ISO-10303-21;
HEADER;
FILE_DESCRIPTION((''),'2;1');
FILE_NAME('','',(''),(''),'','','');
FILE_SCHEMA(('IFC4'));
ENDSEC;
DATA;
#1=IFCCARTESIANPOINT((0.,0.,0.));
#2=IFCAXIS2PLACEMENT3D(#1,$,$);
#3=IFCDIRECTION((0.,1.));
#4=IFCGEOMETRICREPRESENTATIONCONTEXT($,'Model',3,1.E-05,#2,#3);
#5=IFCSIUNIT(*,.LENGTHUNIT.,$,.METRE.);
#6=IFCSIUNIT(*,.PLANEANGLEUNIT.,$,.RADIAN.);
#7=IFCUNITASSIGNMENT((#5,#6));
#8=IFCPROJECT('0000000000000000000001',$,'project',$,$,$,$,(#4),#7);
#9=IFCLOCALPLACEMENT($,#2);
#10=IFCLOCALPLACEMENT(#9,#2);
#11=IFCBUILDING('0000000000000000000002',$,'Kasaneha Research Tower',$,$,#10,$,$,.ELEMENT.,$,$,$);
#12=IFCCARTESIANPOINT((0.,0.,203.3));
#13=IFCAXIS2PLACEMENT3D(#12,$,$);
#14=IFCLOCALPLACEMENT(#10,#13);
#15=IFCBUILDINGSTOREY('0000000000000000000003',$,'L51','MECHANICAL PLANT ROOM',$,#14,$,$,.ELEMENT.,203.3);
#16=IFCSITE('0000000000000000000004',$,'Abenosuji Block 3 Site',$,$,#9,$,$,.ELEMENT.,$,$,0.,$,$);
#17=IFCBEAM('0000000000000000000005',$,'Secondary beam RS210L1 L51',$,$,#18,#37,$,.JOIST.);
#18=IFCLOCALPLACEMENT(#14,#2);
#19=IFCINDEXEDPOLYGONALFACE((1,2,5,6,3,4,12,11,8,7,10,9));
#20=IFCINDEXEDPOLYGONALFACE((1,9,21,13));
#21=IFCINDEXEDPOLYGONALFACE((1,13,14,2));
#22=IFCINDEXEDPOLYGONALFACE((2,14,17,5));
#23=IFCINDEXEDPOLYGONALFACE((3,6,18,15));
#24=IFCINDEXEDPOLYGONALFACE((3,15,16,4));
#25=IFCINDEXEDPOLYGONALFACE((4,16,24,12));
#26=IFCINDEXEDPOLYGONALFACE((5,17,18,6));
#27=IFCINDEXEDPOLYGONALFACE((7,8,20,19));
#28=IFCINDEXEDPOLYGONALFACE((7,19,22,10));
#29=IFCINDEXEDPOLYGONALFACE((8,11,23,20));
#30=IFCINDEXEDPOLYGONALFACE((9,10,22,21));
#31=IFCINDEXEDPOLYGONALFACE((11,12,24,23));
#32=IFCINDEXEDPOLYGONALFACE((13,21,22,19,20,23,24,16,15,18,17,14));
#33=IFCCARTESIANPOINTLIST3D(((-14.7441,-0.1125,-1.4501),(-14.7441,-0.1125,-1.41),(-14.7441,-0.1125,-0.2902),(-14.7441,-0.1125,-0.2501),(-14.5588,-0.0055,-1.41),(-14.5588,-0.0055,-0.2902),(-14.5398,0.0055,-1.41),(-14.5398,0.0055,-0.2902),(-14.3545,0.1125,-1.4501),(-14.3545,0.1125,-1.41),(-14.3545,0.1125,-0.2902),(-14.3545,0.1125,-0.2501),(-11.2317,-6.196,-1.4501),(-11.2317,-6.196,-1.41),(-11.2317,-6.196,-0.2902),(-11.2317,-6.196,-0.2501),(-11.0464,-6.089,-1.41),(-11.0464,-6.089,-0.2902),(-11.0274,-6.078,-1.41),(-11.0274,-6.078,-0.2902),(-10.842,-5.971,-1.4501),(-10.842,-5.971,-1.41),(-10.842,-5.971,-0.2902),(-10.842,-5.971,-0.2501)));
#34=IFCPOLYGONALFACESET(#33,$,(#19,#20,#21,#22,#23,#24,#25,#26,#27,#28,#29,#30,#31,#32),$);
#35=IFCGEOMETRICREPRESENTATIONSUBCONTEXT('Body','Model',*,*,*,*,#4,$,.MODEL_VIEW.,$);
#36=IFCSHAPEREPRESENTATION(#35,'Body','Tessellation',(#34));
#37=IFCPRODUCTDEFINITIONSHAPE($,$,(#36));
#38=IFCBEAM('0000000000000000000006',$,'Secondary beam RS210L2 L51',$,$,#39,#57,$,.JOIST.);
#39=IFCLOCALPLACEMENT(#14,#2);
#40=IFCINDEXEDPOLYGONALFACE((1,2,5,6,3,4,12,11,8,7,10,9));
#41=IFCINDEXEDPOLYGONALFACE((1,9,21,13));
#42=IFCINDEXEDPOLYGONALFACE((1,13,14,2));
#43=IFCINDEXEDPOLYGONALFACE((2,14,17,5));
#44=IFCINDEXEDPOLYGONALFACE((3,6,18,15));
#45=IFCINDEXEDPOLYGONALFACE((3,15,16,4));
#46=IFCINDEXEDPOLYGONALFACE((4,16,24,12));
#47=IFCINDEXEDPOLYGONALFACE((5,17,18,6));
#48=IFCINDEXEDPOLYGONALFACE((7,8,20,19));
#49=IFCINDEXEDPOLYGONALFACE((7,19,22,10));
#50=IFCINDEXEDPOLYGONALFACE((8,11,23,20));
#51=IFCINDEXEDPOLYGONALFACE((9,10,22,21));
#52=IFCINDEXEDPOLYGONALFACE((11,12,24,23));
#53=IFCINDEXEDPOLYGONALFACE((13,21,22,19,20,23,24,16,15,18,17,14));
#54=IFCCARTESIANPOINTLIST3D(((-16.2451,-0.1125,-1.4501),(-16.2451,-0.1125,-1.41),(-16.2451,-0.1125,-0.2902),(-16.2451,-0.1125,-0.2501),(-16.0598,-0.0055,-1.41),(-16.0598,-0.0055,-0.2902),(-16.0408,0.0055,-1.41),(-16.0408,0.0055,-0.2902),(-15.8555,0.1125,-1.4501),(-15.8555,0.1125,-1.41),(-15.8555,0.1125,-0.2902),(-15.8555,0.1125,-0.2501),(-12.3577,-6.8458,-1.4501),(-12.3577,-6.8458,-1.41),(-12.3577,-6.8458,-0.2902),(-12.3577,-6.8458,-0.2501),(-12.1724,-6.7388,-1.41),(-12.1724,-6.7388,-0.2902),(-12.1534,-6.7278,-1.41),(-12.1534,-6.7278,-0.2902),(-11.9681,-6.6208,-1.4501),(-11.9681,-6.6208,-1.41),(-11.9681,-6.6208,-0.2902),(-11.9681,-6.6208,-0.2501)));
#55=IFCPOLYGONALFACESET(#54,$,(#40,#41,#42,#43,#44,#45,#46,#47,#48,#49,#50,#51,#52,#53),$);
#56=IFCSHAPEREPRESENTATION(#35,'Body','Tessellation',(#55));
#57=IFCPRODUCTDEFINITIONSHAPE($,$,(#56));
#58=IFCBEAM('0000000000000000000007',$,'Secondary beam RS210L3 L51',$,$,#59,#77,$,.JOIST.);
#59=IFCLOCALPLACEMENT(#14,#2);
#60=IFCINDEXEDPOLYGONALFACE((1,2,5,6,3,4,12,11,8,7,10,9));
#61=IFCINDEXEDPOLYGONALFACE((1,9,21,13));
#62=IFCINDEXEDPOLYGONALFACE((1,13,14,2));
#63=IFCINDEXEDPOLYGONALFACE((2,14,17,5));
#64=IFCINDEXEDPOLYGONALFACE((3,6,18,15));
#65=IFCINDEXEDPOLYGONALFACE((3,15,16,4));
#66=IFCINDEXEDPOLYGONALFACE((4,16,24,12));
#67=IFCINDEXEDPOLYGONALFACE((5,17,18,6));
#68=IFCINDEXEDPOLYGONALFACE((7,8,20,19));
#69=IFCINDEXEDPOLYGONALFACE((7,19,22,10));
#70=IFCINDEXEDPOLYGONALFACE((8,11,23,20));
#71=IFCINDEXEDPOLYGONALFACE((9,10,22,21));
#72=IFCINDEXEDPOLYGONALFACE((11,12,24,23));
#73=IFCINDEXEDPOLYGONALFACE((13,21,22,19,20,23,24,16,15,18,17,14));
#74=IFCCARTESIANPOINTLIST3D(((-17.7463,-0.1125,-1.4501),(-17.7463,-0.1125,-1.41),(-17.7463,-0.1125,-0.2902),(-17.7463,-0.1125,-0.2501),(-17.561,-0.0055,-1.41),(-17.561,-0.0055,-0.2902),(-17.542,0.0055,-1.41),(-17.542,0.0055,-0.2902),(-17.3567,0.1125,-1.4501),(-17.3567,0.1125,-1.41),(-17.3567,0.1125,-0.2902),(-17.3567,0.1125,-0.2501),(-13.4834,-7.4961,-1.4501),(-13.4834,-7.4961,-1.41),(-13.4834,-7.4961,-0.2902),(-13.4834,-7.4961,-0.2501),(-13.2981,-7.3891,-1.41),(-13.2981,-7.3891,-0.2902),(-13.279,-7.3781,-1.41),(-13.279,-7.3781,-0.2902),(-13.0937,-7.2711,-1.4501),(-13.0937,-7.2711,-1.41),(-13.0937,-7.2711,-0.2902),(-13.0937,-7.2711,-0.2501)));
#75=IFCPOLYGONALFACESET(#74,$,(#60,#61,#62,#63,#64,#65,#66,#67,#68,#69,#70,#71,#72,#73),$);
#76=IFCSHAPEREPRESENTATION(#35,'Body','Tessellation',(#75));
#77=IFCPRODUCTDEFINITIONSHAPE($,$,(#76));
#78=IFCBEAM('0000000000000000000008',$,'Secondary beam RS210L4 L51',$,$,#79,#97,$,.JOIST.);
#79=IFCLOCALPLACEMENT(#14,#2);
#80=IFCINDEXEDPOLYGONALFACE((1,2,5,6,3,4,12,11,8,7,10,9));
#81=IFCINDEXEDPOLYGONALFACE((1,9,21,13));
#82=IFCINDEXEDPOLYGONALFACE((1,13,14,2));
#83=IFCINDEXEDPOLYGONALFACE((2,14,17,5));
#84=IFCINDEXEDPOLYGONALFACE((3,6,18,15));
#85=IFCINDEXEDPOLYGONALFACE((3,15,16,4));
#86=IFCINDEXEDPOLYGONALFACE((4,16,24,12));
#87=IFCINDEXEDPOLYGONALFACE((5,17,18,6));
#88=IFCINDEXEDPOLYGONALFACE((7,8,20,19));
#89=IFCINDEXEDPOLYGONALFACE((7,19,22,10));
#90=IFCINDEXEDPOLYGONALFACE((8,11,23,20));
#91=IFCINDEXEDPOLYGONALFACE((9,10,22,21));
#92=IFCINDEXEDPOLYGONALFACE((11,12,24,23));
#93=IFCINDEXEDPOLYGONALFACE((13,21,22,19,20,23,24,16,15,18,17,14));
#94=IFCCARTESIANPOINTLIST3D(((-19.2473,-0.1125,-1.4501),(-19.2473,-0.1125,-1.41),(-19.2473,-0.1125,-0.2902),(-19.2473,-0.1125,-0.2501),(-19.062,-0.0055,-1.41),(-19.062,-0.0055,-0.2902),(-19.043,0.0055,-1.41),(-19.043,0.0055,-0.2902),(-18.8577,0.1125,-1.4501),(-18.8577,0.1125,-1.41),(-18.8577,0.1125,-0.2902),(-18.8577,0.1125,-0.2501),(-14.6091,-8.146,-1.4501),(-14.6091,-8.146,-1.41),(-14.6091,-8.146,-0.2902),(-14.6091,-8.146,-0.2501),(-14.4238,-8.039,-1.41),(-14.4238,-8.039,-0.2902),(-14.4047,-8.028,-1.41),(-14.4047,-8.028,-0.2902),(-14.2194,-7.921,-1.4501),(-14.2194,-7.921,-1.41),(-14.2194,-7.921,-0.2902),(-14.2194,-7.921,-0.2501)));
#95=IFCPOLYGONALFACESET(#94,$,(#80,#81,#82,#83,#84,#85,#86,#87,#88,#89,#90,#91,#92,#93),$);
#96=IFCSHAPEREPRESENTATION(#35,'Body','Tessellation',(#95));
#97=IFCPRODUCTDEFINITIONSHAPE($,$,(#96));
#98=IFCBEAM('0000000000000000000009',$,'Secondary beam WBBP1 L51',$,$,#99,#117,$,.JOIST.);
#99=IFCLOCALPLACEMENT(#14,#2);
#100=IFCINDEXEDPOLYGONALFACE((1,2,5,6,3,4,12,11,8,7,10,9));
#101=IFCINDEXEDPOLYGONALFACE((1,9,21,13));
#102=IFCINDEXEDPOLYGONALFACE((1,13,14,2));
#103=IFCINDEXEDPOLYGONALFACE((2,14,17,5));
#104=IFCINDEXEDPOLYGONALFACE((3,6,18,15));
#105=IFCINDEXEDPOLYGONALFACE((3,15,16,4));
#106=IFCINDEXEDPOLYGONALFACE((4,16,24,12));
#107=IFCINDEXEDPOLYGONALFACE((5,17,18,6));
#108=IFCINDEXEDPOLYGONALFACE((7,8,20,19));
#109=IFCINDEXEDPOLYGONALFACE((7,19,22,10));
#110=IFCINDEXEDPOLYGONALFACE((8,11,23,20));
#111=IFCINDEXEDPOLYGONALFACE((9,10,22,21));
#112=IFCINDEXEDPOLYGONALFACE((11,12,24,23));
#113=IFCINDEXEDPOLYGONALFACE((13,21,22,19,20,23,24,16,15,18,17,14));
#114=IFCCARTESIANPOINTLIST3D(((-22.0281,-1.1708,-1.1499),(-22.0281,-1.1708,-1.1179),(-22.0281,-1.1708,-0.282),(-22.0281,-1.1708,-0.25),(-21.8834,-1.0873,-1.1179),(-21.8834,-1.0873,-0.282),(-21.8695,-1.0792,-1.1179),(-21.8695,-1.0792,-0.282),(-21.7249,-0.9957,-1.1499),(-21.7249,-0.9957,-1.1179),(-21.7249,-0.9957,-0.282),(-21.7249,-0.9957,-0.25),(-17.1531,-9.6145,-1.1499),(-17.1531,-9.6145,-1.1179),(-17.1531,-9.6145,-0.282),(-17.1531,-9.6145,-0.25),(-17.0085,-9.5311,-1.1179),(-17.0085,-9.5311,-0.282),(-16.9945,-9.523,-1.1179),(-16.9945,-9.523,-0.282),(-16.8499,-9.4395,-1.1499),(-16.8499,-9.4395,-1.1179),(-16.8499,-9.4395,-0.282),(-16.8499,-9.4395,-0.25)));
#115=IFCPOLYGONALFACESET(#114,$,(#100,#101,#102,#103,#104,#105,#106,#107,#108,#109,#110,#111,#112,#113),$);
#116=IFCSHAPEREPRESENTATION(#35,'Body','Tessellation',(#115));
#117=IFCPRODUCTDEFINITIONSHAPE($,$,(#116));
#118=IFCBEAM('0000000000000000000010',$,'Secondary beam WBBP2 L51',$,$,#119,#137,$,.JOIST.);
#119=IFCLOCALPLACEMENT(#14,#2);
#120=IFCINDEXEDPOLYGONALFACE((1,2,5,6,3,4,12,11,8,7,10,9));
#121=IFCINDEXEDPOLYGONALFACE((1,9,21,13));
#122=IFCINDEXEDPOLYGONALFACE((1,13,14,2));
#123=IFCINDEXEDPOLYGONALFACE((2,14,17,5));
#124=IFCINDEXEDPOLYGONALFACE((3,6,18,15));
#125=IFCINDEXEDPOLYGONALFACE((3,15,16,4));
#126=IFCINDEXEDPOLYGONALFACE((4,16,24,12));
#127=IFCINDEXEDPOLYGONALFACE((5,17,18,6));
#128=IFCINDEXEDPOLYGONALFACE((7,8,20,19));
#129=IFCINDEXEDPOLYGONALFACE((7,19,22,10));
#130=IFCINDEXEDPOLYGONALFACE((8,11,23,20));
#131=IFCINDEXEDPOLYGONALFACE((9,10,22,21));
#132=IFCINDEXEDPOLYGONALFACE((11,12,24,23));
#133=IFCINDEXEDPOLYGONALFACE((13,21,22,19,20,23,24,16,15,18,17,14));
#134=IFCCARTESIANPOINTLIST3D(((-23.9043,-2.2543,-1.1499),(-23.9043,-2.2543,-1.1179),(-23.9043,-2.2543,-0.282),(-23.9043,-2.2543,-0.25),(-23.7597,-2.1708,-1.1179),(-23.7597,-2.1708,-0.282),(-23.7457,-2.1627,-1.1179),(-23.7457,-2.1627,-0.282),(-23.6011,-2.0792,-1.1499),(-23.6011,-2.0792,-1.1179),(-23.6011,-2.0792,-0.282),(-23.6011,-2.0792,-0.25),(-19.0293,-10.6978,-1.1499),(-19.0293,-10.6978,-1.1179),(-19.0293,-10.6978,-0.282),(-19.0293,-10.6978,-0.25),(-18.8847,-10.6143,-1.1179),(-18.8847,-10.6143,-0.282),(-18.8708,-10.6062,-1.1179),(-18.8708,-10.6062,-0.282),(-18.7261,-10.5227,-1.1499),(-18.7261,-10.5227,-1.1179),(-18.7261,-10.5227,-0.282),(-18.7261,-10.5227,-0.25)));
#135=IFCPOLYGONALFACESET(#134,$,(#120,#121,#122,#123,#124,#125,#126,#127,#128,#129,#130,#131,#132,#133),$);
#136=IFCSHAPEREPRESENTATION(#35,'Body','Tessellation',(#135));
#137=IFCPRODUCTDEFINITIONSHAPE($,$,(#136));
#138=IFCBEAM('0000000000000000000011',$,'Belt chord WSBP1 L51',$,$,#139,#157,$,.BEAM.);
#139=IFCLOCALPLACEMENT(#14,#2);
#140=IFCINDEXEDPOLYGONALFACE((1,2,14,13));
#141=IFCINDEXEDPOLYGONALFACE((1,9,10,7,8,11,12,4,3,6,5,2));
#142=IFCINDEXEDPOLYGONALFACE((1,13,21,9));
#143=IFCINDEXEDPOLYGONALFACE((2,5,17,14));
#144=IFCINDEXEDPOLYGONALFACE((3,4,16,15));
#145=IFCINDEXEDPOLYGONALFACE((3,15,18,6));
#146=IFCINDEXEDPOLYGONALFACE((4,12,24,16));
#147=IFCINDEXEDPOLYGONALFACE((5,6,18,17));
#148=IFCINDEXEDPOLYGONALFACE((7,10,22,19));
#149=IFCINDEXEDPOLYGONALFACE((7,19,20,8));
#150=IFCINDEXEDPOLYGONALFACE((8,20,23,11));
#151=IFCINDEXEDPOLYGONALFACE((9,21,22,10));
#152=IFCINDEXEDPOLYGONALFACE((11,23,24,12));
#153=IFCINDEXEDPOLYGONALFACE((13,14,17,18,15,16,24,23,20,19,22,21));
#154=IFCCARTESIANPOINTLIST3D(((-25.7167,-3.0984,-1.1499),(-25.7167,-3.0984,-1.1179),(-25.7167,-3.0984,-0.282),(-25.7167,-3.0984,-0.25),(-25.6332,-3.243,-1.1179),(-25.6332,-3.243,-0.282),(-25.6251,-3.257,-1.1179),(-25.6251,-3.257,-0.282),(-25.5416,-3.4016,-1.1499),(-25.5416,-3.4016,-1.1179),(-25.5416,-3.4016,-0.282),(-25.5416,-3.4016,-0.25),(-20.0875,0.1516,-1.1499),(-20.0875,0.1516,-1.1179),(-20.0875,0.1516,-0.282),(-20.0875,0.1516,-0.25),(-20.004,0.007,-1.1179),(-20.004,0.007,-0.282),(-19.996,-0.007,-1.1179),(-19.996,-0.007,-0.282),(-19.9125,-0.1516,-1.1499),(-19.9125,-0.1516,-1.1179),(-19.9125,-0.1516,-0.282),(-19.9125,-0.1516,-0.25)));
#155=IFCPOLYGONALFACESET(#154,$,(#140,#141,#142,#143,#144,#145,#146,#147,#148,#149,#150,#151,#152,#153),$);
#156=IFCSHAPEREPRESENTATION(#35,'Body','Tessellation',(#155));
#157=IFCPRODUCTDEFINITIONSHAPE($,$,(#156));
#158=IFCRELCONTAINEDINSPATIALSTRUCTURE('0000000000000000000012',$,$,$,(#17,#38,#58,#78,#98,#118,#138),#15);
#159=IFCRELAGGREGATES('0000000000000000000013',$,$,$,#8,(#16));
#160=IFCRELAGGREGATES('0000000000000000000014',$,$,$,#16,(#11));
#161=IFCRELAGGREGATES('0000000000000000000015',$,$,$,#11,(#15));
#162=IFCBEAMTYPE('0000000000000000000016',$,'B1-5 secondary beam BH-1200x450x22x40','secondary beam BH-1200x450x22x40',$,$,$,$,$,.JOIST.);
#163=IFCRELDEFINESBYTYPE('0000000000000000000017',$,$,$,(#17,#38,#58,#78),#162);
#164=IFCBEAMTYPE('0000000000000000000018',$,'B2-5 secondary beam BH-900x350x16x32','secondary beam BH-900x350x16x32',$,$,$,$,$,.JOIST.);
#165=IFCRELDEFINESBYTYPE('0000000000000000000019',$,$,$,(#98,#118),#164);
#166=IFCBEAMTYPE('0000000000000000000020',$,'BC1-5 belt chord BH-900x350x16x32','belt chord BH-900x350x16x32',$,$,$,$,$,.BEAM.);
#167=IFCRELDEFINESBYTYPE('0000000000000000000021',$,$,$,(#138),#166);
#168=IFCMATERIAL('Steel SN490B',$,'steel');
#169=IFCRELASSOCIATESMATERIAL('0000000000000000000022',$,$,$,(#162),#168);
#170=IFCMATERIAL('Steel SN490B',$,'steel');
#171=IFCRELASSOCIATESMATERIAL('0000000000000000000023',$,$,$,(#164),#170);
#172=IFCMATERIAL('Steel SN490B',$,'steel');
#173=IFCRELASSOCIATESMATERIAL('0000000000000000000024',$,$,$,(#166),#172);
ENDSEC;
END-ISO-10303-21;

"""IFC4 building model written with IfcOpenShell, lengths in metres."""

from ifc_helpers import new_model, si_unit, direction, frame, origin, origin_2d, place, context, subcontext, project, spatial, i_section, extrude, material, material_profile, profile_set, type_object, element, save


model = new_model("IFC4")

# Units and contexts
model_context = context("Model", 3, precision=1e-05, world=origin(), true_north=direction((0.0, 1.0)))
body_context = subcontext(model_context, "Body", "Model", "MODEL_VIEW")
ifc_project = project(units=[si_unit("LENGTHUNIT", "METRE"), si_unit("PLANEANGLEUNIT", "RADIAN")], contexts=[model_context])

# Site, building, storey
site_placement = place(None, origin())
site = spatial("IfcSite", under=ifc_project, at=site_placement, Name="Abenosuji Block 3 Site", CompositionType="ELEMENT", RefElevation=0.0)
building_placement = place(site_placement, origin())
building = spatial("IfcBuilding", under=site, at=building_placement, Name="Kasaneha Research Tower", CompositionType="ELEMENT")
storey_placement = place(building_placement, frame((0.0, 0.0, 203.3)))
storey = spatial("IfcBuildingStorey", under=building, at=storey_placement, Name="L51", Description="MECHANICAL PLANT ROOM", CompositionType="ELEMENT", Elevation=203.3)

# Beams
ifc_material_1 = material(Name="Steel SN490B", Category="steel")
ifc_material_profile_1 = material_profile(ifc_material_1, i_section(OverallWidth=0.45, OverallDepth=1.2, WebThickness=0.022, FlangeThickness=0.04, at=origin_2d()), Name="BH-1200x450x22x40")
ifc_profile_set_1 = profile_set([ifc_material_profile_1], Name="Steel SN490B")
beam_type_1 = type_object("IfcBeamType", Name="B1-5 secondary beam BH-1200x450x22x40", Description="secondary beam BH-1200x450x22x40", PredefinedType="JOIST", material=ifc_profile_set_1)
beam_1_placement = place(storey_placement, frame((-14.5493, 0.0, -0.8501), z_axis=(0.500015, -0.866017, 0.0), x_axis=(0.866017, 0.500015, 0.0)))
element("IfcBeam", 1, at=beam_1_placement, inside=storey, type_object=beam_type_1, Name="Secondary beam RS210L1 L51", PredefinedType="JOIST", context=body_context, shape_type="SweptSolid", body=[
    extrude(i_section(OverallWidth=0.45, OverallDepth=1.2, WebThickness=0.022, FlangeThickness=0.04, at=origin_2d()), origin(), (0.0, 0.0, 1.0), 7.0247),
])
beam_2_placement = place(storey_placement, frame((-16.0503, 0.0, -0.8501), z_axis=(0.499992, -0.86603, 0.0), x_axis=(0.86603, 0.499992, 0.0)))
element("IfcBeam", 2, at=beam_2_placement, inside=storey, type_object=beam_type_1, Name="Secondary beam RS210L2 L51", PredefinedType="JOIST", context=body_context, shape_type="SweptSolid", body=[
    extrude(i_section(OverallWidth=0.45, OverallDepth=1.2, WebThickness=0.022, FlangeThickness=0.04, at=origin_2d()), origin(), (0.0, 0.0, 1.0), 7.7749),
])
beam_3_placement = place(storey_placement, frame((-17.5515, 0.0, -0.8501), z_axis=(0.500004, -0.866023, 0.0), x_axis=(0.866023, 0.500004, 0.0)))
element("IfcBeam", 3, at=beam_3_placement, inside=storey, type_object=beam_type_1, Name="Secondary beam RS210L3 L51", PredefinedType="JOIST", context=body_context, shape_type="SweptSolid", body=[
    extrude(i_section(OverallWidth=0.45, OverallDepth=1.2, WebThickness=0.022, FlangeThickness=0.04, at=origin_2d()), origin(), (0.0, 0.0, 1.0), 8.5259),
])
beam_4_placement = place(storey_placement, frame((-19.0525, 0.0, -0.8501), z_axis=(0.500006, -0.866022, 0.0), x_axis=(0.866022, 0.500006, 0.0)))
element("IfcBeam", 4, at=beam_4_placement, inside=storey, type_object=beam_type_1, Name="Secondary beam RS210L4 L51", PredefinedType="JOIST", context=body_context, shape_type="SweptSolid", body=[
    extrude(i_section(OverallWidth=0.45, OverallDepth=1.2, WebThickness=0.022, FlangeThickness=0.04, at=origin_2d()), origin(), (0.0, 0.0, 1.0), 9.2764),
])
ifc_material_2 = material(Name="Steel SN490B", Category="steel")
ifc_material_profile_2 = material_profile(ifc_material_2, i_section(OverallWidth=0.3501, OverallDepth=0.8999, WebThickness=0.0161, FlangeThickness=0.032, at=origin_2d()), Name="BH-900x350x16x32")
ifc_profile_set_2 = profile_set([ifc_material_profile_2], Name="Steel SN490B")
beam_type_2 = type_object("IfcBeamType", Name="B2-5 secondary beam BH-900x350x16x32", Description="secondary beam BH-900x350x16x32", PredefinedType="JOIST", material=ifc_profile_set_2)
beam_5_placement = place(storey_placement, frame((-21.8765, -1.0833, -0.7), z_axis=(0.499996, -0.866028, 0.0), x_axis=(0.866028, 0.499996, 0.0)))
element("IfcBeam", 5, at=beam_5_placement, inside=storey, type_object=beam_type_2, Name="Secondary beam WBBP1 L51", PredefinedType="JOIST", context=body_context, shape_type="SweptSolid", body=[
    extrude(i_section(OverallWidth=0.3501, OverallDepth=0.8999, WebThickness=0.0161, FlangeThickness=0.032, at=origin_2d()), origin(), (0.0, 0.0, 1.0), 9.75),
])
beam_6_placement = place(storey_placement, frame((-23.7527, -2.1667, -0.7), z_axis=(0.500006, -0.866022, 0.0), x_axis=(0.866022, 0.500006, 0.0)))
element("IfcBeam", 6, at=beam_6_placement, inside=storey, type_object=beam_type_2, Name="Secondary beam WBBP2 L51", PredefinedType="JOIST", context=body_context, shape_type="SweptSolid", body=[
    extrude(i_section(OverallWidth=0.3501, OverallDepth=0.8999, WebThickness=0.0161, FlangeThickness=0.032, at=origin_2d()), origin(), (0.0, 0.0, 1.0), 9.7498),
])
ifc_material_3 = material(Name="Steel SN490B", Category="steel")
ifc_material_profile_3 = material_profile(ifc_material_3, i_section(OverallWidth=0.3501, OverallDepth=0.8999, WebThickness=0.0161, FlangeThickness=0.032, at=origin_2d()), Name="BH-900x350x16x32")
ifc_profile_set_3 = profile_set([ifc_material_profile_3], Name="Steel SN490B")
beam_type_3 = type_object("IfcBeamType", Name="BC1-5 belt chord BH-900x350x16x32", Description="belt chord BH-900x350x16x32", PredefinedType="BEAM", material=ifc_profile_set_3)
beam_7_placement = place(storey_placement, frame((-20.0, 0.0, -0.7), z_axis=(-0.866025, -0.500001, 0.0), x_axis=(0.500001, -0.866025, 0.0)))
element("IfcBeam", 7, at=beam_7_placement, inside=storey, type_object=beam_type_3, Name="Belt chord WSBP1 L51", PredefinedType="BEAM", context=body_context, shape_type="SweptSolid", body=[
    extrude(i_section(OverallWidth=0.3501, OverallDepth=0.8999, WebThickness=0.0161, FlangeThickness=0.032, at=origin_2d()), origin(), (0.0, 0.0, 1.0), 6.5),
])

save(model, "model.ifc")
